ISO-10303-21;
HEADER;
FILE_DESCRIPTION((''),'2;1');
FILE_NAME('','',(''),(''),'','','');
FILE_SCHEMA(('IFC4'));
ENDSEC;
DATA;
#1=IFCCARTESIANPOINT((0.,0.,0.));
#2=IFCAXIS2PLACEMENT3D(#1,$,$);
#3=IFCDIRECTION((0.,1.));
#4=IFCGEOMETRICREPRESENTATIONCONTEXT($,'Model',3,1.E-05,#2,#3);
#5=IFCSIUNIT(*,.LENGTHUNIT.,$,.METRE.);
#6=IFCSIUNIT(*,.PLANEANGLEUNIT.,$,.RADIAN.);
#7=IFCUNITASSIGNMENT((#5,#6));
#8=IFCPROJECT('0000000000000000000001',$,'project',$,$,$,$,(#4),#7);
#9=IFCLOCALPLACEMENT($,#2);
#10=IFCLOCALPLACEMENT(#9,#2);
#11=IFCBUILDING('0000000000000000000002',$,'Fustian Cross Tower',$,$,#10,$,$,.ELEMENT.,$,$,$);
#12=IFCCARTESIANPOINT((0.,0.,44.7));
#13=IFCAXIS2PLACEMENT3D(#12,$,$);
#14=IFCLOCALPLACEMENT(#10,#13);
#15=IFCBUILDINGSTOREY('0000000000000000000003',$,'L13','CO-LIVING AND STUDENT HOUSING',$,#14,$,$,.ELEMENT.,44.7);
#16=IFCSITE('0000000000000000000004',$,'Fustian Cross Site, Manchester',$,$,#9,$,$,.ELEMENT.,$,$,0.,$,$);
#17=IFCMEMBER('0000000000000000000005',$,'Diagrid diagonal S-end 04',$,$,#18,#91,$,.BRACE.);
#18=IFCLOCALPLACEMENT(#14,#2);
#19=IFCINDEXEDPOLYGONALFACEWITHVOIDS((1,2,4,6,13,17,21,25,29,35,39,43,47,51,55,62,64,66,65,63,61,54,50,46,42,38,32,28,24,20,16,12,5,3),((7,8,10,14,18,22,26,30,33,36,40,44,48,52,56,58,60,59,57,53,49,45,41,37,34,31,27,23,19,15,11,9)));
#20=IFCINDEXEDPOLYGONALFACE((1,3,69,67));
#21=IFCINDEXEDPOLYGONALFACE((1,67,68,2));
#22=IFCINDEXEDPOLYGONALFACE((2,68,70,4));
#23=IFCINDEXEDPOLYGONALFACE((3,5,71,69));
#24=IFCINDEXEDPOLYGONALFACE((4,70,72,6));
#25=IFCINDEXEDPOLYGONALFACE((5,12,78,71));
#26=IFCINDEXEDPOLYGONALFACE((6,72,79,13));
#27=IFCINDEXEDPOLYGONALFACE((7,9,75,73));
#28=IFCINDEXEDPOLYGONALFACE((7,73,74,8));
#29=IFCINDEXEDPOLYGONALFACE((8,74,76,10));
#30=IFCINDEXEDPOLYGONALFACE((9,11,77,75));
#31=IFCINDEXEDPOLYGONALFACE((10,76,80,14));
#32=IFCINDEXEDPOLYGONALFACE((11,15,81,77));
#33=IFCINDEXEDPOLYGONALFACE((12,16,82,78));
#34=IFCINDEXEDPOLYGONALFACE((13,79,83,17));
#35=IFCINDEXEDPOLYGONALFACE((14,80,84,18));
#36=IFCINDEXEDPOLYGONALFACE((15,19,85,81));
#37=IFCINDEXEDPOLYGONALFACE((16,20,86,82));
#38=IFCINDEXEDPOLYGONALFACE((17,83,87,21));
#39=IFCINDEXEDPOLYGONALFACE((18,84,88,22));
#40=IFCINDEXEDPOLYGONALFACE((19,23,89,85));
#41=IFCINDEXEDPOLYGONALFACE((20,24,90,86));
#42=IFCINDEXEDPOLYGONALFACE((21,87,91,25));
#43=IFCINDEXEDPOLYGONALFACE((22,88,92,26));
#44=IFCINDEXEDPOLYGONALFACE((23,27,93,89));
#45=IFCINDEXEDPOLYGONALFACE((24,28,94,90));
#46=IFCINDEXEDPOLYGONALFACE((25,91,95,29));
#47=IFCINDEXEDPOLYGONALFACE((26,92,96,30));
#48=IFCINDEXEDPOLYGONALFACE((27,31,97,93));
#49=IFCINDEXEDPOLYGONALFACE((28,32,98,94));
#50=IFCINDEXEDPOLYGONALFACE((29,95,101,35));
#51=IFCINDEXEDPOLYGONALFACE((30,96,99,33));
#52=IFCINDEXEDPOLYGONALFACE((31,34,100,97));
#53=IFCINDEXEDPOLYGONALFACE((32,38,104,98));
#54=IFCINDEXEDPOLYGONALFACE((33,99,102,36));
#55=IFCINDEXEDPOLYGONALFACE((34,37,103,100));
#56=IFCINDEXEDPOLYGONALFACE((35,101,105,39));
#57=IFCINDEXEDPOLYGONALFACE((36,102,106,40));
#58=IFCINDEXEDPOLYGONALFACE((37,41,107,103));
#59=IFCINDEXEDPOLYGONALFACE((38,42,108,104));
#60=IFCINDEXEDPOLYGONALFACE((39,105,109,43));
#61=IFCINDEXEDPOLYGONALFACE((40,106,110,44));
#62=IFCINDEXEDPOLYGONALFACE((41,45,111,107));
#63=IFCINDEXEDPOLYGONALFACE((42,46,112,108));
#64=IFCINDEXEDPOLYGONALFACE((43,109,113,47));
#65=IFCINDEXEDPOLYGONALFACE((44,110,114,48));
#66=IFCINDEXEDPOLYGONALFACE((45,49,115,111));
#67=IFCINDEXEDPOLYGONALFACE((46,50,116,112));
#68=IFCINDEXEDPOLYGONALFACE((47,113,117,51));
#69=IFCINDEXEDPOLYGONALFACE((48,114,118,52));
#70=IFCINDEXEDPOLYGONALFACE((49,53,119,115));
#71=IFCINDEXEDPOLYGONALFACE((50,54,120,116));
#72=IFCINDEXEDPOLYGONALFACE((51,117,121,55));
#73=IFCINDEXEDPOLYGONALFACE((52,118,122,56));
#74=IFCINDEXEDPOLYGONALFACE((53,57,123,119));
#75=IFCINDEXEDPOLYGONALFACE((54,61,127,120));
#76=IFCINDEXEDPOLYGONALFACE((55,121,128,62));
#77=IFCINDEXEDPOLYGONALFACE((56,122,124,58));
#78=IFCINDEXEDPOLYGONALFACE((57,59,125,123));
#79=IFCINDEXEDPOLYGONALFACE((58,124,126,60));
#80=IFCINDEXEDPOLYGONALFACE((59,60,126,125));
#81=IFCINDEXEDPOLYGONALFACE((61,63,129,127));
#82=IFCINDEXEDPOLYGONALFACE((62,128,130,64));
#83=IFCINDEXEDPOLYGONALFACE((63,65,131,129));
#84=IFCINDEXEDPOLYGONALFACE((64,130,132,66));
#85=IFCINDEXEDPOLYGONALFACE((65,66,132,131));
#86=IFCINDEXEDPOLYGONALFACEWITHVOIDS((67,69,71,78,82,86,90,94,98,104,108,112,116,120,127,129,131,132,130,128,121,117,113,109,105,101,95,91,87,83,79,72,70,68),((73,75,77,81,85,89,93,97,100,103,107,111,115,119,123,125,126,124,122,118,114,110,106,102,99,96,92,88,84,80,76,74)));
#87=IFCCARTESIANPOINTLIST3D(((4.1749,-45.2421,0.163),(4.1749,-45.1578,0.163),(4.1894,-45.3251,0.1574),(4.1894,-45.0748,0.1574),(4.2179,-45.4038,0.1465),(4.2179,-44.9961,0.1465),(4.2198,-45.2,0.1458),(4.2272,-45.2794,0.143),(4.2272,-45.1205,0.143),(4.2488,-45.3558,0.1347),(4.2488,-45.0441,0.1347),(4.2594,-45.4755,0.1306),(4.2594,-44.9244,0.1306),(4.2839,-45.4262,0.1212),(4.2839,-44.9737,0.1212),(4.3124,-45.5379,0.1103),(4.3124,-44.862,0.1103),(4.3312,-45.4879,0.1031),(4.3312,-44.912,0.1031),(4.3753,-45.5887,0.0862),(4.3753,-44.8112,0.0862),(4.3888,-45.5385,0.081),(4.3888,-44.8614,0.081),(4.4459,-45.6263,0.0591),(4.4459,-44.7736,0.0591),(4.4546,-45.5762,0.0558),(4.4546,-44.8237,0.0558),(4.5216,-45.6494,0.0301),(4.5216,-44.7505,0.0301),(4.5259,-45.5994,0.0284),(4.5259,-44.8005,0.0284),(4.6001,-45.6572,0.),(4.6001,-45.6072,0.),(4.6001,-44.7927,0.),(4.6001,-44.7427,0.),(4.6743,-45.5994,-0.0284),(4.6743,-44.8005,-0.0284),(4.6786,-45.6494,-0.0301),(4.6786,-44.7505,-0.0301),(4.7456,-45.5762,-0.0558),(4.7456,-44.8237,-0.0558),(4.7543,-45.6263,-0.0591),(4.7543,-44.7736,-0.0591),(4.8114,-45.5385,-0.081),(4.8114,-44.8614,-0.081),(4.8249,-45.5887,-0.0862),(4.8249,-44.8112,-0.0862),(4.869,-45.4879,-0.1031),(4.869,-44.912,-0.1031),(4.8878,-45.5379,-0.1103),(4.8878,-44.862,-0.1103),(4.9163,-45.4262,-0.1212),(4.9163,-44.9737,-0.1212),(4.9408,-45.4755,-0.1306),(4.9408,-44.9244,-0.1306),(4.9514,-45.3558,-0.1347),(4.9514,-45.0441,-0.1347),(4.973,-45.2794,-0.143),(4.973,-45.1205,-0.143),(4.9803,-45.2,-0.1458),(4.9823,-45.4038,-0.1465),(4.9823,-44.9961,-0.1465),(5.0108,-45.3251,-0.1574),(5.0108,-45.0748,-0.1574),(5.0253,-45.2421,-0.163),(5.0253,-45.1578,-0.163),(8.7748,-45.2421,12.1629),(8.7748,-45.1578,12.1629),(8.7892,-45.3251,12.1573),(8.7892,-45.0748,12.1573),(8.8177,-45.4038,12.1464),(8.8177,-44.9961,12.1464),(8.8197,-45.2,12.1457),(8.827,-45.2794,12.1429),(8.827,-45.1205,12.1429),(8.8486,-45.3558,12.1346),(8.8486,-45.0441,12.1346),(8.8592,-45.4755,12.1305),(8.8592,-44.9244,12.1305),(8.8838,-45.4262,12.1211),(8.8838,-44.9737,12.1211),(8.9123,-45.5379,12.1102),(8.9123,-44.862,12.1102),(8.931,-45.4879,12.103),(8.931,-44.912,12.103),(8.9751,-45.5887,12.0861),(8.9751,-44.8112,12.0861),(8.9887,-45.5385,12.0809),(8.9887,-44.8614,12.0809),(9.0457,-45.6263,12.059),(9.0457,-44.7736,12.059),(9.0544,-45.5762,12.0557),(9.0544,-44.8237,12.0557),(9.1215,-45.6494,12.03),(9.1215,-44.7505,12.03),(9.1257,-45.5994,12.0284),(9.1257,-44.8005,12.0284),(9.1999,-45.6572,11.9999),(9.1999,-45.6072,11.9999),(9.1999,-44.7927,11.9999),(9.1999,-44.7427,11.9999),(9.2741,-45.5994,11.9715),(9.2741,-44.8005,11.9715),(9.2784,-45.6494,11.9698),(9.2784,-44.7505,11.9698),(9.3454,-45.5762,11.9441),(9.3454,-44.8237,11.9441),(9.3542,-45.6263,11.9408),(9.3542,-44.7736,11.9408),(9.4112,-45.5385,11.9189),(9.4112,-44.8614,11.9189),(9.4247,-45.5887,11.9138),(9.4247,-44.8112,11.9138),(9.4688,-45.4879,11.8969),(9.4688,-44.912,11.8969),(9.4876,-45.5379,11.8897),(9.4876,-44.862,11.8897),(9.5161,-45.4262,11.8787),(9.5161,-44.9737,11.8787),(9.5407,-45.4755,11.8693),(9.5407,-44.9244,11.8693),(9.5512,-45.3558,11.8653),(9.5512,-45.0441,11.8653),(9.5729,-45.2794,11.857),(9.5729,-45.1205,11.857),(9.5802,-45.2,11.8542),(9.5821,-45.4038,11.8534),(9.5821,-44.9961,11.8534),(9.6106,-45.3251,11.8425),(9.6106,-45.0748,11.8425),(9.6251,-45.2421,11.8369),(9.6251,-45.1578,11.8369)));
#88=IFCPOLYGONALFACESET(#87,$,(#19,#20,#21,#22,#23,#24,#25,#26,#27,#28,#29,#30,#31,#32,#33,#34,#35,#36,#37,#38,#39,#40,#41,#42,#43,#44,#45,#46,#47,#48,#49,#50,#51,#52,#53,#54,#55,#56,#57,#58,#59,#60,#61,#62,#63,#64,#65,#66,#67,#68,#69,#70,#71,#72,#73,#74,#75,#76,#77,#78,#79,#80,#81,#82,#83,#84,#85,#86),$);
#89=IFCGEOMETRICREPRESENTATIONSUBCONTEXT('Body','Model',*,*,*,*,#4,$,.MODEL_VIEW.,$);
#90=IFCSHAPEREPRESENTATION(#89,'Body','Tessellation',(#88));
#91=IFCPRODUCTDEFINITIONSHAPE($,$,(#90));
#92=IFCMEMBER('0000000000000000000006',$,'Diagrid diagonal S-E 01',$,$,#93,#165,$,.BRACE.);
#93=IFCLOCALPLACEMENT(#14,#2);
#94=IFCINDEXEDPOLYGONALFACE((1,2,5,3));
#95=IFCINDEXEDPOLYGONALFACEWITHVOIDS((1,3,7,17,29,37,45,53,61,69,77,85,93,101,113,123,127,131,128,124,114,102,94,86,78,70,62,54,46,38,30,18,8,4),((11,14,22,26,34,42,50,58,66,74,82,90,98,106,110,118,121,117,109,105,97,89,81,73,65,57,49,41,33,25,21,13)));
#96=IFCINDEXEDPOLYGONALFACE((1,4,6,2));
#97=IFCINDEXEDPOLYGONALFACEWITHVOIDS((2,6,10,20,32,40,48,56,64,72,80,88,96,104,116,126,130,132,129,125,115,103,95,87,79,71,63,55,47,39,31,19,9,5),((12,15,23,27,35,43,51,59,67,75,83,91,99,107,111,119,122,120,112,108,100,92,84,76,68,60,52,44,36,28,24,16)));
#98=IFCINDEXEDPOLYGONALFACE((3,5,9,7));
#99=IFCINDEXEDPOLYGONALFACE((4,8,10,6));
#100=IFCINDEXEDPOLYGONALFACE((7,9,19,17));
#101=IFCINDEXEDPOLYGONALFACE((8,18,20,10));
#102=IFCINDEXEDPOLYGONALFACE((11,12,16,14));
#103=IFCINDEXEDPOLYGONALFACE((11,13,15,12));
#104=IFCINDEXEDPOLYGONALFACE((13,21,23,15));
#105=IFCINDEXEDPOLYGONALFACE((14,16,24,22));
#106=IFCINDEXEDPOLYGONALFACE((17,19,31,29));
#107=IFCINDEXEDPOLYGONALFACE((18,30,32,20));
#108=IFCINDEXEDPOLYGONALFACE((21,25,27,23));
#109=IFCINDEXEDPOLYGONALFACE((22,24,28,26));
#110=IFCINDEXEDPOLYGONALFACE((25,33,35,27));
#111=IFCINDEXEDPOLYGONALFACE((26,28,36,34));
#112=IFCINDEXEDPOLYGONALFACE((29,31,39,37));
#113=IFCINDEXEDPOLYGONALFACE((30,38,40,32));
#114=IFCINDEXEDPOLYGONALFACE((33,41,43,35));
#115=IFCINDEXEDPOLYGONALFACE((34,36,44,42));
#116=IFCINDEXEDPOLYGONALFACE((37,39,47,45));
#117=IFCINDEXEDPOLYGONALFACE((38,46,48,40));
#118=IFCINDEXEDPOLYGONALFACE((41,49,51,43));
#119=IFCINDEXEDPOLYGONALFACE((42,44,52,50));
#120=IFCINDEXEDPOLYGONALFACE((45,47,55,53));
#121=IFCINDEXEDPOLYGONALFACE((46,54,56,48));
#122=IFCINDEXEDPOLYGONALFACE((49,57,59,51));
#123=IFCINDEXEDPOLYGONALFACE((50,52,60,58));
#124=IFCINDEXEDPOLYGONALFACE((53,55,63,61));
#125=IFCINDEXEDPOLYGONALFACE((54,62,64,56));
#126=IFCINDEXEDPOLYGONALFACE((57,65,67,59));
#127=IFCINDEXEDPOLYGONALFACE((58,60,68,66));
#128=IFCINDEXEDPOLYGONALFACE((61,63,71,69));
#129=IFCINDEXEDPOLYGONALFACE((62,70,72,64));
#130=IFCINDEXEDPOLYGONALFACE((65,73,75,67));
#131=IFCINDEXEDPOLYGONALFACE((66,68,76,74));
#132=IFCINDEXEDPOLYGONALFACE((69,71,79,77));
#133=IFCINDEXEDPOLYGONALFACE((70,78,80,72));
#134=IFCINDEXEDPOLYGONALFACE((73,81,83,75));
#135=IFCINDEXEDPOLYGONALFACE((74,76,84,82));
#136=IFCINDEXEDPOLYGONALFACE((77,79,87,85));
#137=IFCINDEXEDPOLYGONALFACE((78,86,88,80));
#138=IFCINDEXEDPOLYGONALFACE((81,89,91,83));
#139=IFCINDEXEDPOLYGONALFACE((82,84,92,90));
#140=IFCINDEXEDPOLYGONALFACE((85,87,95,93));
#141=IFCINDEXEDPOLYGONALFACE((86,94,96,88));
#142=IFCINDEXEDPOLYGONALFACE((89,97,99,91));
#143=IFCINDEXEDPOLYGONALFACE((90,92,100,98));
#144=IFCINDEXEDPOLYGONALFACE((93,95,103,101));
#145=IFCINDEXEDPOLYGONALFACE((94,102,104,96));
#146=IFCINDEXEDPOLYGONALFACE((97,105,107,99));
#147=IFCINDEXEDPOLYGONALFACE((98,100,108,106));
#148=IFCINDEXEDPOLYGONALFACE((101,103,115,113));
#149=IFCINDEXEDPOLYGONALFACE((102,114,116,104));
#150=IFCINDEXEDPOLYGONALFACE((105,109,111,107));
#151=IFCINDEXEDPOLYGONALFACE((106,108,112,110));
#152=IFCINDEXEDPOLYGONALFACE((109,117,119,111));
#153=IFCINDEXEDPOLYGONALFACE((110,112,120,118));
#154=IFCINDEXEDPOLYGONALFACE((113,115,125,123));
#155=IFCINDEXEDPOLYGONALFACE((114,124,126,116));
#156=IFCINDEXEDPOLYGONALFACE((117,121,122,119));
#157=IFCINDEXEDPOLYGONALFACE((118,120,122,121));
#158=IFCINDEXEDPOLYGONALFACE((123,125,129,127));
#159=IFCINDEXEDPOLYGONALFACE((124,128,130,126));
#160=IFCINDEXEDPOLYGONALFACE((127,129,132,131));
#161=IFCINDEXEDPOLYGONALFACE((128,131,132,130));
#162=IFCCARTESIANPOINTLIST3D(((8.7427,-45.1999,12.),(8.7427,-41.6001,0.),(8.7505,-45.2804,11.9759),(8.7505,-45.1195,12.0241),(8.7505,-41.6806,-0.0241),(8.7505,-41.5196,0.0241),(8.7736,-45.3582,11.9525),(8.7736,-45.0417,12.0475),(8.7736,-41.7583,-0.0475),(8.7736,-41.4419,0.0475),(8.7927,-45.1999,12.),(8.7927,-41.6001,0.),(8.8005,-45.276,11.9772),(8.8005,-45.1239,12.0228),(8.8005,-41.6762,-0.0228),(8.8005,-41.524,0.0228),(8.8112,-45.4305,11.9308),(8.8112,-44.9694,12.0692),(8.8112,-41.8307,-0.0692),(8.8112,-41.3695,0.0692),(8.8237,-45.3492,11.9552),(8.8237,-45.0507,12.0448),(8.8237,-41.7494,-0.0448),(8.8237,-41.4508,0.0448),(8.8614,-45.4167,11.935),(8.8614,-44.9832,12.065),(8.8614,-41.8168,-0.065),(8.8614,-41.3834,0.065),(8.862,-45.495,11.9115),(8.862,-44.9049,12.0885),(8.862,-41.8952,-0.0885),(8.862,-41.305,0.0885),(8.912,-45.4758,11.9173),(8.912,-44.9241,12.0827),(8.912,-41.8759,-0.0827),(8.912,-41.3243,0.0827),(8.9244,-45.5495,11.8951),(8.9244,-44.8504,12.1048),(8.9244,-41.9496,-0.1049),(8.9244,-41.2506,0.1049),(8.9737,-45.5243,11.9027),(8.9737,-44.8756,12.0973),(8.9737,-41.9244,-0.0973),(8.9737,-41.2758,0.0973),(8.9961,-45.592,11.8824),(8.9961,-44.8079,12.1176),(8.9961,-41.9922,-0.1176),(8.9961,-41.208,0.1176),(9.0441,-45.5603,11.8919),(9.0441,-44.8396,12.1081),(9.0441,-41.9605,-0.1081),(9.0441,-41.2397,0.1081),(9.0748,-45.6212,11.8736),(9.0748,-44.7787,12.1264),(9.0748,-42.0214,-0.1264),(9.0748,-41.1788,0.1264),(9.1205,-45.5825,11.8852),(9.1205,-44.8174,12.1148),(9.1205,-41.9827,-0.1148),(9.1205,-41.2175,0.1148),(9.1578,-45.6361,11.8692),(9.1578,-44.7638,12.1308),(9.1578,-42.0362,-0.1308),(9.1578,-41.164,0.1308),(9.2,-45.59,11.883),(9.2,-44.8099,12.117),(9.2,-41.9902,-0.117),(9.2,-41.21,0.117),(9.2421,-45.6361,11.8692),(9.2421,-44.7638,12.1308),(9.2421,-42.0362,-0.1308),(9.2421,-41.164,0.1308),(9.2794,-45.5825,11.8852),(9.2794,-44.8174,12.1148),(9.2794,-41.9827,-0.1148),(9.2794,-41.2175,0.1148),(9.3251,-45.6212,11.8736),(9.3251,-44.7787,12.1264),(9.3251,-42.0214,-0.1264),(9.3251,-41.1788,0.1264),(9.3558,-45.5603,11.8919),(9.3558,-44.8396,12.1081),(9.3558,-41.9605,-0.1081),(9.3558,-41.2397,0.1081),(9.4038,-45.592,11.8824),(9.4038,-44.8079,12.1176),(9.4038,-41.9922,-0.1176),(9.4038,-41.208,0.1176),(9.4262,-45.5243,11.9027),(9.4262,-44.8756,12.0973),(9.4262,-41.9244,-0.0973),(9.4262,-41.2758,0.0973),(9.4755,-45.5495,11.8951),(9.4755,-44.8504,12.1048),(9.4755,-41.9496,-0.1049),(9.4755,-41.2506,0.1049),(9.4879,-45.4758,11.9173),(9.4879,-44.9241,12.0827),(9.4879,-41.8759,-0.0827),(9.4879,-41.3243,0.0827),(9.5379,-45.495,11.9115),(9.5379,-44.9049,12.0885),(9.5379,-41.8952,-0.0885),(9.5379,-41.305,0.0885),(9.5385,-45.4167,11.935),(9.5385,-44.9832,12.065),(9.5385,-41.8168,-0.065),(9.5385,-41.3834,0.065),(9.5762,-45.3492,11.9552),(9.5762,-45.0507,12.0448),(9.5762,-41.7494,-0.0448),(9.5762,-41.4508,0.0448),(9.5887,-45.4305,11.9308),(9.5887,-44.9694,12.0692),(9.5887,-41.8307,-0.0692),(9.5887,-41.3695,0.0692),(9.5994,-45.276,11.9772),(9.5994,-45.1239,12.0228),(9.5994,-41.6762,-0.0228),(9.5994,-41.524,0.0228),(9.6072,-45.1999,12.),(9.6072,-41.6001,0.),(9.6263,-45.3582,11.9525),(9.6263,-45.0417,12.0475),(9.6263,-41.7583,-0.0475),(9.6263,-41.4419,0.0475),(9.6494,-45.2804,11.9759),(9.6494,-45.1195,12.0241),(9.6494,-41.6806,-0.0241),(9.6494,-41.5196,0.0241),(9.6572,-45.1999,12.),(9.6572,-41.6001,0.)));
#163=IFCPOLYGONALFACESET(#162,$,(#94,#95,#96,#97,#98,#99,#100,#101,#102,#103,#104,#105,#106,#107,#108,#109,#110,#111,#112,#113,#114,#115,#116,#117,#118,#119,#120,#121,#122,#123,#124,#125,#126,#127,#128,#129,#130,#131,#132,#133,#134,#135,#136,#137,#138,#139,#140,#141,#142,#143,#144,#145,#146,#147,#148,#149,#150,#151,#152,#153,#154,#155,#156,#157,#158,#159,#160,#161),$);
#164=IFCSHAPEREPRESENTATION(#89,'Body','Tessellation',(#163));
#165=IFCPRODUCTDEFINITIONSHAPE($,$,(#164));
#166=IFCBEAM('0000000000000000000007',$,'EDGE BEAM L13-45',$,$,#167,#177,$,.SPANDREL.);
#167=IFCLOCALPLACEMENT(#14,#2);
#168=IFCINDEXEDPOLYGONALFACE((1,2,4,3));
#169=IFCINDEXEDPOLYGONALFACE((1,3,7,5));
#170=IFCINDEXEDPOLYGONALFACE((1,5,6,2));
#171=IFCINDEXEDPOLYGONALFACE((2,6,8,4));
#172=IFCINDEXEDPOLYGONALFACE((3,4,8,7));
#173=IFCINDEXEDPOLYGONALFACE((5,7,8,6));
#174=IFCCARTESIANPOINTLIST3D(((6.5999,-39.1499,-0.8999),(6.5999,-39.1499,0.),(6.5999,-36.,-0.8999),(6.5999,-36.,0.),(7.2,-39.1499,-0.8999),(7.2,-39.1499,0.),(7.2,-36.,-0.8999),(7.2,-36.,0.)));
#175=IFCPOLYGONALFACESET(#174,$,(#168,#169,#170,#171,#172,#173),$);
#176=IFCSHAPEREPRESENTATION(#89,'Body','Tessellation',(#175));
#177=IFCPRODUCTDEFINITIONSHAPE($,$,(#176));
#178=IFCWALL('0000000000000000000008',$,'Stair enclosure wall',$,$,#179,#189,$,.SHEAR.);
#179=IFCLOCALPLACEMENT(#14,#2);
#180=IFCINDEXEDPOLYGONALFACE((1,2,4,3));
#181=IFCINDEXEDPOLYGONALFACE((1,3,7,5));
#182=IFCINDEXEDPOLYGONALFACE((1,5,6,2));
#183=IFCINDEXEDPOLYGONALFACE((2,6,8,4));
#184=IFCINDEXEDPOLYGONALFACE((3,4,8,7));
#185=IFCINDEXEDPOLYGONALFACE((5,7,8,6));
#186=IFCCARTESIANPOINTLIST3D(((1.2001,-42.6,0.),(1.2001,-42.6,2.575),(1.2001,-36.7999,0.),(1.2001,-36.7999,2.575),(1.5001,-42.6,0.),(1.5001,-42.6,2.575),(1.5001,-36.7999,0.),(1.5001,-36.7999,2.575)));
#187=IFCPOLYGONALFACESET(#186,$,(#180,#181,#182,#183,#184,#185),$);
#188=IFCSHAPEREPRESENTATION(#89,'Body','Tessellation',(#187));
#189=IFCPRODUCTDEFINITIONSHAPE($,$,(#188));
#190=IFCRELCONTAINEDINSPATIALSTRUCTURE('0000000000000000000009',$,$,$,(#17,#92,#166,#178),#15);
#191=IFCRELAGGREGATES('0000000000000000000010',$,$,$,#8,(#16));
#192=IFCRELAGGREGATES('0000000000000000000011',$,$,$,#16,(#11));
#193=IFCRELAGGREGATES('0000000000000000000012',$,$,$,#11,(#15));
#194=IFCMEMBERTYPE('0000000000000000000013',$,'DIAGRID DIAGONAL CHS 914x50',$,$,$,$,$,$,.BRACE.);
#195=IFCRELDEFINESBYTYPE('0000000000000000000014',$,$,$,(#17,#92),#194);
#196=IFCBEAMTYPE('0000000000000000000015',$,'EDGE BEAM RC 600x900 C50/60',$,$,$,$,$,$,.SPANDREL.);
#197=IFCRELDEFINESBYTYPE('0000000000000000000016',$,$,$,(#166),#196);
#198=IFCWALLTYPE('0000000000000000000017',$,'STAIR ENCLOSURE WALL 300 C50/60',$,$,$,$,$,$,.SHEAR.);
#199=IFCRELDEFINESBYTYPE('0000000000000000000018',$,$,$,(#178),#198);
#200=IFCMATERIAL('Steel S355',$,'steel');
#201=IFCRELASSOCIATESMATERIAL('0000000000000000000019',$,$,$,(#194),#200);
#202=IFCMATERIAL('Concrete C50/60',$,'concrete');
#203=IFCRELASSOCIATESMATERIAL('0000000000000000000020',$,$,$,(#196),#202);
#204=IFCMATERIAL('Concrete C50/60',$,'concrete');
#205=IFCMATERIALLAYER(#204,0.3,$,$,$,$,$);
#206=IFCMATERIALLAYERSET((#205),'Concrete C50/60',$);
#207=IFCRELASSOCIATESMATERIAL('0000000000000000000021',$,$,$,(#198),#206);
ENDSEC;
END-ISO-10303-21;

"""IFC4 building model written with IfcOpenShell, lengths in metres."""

from ifc_helpers import new_model, si_unit, direction, frame, frame_2d, origin, origin_2d, place, context, subcontext, project, spatial, rectangle, hollow_circle, extrude, material, layer, layer_set, material_profile, profile_set, type_object, element, save


model = new_model("IFC4")

# Units and contexts
model_context = context("Model", 3, precision=1e-05, world=origin(), true_north=direction((0.0, 1.0)))
body_context = subcontext(model_context, "Body", "Model", "MODEL_VIEW")
ifc_project = project(units=[si_unit("LENGTHUNIT", "METRE"), si_unit("PLANEANGLEUNIT", "RADIAN")], contexts=[model_context])

# Site, building, storey
site_placement = place(None, origin())
site = spatial("IfcSite", under=ifc_project, at=site_placement, Name="Fustian Cross Site, Manchester", CompositionType="ELEMENT", RefElevation=0.0)
building_placement = place(site_placement, origin())
building = spatial("IfcBuilding", under=site, at=building_placement, Name="Fustian Cross Tower", CompositionType="ELEMENT")
storey_placement = place(building_placement, frame((0.0, 0.0, 44.7)))
storey = spatial("IfcBuildingStorey", under=building, at=storey_placement, Name="L13", Description="CO-LIVING AND STUDENT HOUSING", CompositionType="ELEMENT", Elevation=44.7)

# Members
ifc_material_1 = material(Name="Steel S355", Category="steel")
ifc_material_profile_1 = material_profile(ifc_material_1, hollow_circle(Radius=0.4573, WallThickness=0.05, at=origin_2d()), Name="CHS 914x50")
ifc_profile_set_1 = profile_set([ifc_material_profile_1], Name="Steel S355")
member_type_1 = type_object("IfcMemberType", Name="DIAGRID DIAGONAL CHS 914x50", PredefinedType="BRACE", material=ifc_profile_set_1)
member_1_placement = place(storey_placement, frame((4.6001, -45.2, 0.0), z_axis=(0.357926, 0.0, 0.93375), x_axis=(0.0, 1.0, 0.0)))
element("IfcMember", 1, at=member_1_placement, inside=storey, type_object=member_type_1, Name="Diagrid diagonal S-end 04", PredefinedType="BRACE", context=body_context, shape_type="SweptSolid", body=[
    extrude(hollow_circle(Radius=0.4573, WallThickness=0.05, at=origin_2d()), origin(), (0.0, 0.0, 1.0), 12.8513),
])
member_2_placement = place(storey_placement, frame((9.2, -41.6001, 0.0), z_axis=(0.0, -0.287337, 0.95783), x_axis=(1.0, 0.0, 0.0)))
element("IfcMember", 2, at=member_2_placement, inside=storey, type_object=member_type_1, Name="Diagrid diagonal S-E 01", PredefinedType="BRACE", context=body_context, shape_type="SweptSolid", body=[
    extrude(hollow_circle(Radius=0.4573, WallThickness=0.05, at=origin_2d()), origin(), (0.0, 0.0, 1.0), 12.5283),
])

# Beam
ifc_material_2 = material(Name="Concrete C50/60", Category="concrete")
ifc_material_profile_2 = material_profile(ifc_material_2, rectangle(XDim=0.6001, YDim=0.8999, at=origin_2d()), Name="RC 600x900")
ifc_profile_set_2 = profile_set([ifc_material_profile_2], Name="Concrete C50/60")
beam_type = type_object("IfcBeamType", Name="EDGE BEAM RC 600x900 C50/60", PredefinedType="SPANDREL", material=ifc_profile_set_2)
beam_placement = place(storey_placement, frame((6.8999, -39.1499, -0.45), z_axis=(0.0, 1.0, 0.0), x_axis=(-1.0, 0.0, 0.0)))
element("IfcBeam", 3, at=beam_placement, inside=storey, type_object=beam_type, Name="EDGE BEAM L13-45", PredefinedType="SPANDREL", context=body_context, shape_type="SweptSolid", body=[
    extrude(rectangle(XDim=0.6001, YDim=0.8999, at=origin_2d()), origin(), (0.0, 0.0, 1.0), 3.1499),
])

# Wall
ifc_material_3 = material(Name="Concrete C50/60", Category="concrete")
ifc_layer_1 = layer(ifc_material_3, 0.3)
ifc_layer_set_1 = layer_set([ifc_layer_1], Name="Concrete C50/60")
wall_type_1 = type_object("IfcWallType", Name="STAIR ENCLOSURE WALL 300 C50/60", PredefinedType="SHEAR", material=ifc_layer_set_1)
wall_1_placement = place(storey_placement, frame((1.3501, -36.8, 0.0), z_axis=(0.0, 0.0, 1.0), x_axis=(0.0, -1.0, 0.0)))
element("IfcWall", 4, at=wall_1_placement, inside=storey, type_object=wall_type_1, Name="Stair enclosure wall", PredefinedType="SHEAR", context=body_context, shape_type="SweptSolid", body=[
    extrude(rectangle(XDim=5.8, YDim=0.3, at=frame_2d((2.8999, 0.0))), origin(), (0.0, 0.0, 1.0), 2.575),
])

save(model, "model.ifc")
